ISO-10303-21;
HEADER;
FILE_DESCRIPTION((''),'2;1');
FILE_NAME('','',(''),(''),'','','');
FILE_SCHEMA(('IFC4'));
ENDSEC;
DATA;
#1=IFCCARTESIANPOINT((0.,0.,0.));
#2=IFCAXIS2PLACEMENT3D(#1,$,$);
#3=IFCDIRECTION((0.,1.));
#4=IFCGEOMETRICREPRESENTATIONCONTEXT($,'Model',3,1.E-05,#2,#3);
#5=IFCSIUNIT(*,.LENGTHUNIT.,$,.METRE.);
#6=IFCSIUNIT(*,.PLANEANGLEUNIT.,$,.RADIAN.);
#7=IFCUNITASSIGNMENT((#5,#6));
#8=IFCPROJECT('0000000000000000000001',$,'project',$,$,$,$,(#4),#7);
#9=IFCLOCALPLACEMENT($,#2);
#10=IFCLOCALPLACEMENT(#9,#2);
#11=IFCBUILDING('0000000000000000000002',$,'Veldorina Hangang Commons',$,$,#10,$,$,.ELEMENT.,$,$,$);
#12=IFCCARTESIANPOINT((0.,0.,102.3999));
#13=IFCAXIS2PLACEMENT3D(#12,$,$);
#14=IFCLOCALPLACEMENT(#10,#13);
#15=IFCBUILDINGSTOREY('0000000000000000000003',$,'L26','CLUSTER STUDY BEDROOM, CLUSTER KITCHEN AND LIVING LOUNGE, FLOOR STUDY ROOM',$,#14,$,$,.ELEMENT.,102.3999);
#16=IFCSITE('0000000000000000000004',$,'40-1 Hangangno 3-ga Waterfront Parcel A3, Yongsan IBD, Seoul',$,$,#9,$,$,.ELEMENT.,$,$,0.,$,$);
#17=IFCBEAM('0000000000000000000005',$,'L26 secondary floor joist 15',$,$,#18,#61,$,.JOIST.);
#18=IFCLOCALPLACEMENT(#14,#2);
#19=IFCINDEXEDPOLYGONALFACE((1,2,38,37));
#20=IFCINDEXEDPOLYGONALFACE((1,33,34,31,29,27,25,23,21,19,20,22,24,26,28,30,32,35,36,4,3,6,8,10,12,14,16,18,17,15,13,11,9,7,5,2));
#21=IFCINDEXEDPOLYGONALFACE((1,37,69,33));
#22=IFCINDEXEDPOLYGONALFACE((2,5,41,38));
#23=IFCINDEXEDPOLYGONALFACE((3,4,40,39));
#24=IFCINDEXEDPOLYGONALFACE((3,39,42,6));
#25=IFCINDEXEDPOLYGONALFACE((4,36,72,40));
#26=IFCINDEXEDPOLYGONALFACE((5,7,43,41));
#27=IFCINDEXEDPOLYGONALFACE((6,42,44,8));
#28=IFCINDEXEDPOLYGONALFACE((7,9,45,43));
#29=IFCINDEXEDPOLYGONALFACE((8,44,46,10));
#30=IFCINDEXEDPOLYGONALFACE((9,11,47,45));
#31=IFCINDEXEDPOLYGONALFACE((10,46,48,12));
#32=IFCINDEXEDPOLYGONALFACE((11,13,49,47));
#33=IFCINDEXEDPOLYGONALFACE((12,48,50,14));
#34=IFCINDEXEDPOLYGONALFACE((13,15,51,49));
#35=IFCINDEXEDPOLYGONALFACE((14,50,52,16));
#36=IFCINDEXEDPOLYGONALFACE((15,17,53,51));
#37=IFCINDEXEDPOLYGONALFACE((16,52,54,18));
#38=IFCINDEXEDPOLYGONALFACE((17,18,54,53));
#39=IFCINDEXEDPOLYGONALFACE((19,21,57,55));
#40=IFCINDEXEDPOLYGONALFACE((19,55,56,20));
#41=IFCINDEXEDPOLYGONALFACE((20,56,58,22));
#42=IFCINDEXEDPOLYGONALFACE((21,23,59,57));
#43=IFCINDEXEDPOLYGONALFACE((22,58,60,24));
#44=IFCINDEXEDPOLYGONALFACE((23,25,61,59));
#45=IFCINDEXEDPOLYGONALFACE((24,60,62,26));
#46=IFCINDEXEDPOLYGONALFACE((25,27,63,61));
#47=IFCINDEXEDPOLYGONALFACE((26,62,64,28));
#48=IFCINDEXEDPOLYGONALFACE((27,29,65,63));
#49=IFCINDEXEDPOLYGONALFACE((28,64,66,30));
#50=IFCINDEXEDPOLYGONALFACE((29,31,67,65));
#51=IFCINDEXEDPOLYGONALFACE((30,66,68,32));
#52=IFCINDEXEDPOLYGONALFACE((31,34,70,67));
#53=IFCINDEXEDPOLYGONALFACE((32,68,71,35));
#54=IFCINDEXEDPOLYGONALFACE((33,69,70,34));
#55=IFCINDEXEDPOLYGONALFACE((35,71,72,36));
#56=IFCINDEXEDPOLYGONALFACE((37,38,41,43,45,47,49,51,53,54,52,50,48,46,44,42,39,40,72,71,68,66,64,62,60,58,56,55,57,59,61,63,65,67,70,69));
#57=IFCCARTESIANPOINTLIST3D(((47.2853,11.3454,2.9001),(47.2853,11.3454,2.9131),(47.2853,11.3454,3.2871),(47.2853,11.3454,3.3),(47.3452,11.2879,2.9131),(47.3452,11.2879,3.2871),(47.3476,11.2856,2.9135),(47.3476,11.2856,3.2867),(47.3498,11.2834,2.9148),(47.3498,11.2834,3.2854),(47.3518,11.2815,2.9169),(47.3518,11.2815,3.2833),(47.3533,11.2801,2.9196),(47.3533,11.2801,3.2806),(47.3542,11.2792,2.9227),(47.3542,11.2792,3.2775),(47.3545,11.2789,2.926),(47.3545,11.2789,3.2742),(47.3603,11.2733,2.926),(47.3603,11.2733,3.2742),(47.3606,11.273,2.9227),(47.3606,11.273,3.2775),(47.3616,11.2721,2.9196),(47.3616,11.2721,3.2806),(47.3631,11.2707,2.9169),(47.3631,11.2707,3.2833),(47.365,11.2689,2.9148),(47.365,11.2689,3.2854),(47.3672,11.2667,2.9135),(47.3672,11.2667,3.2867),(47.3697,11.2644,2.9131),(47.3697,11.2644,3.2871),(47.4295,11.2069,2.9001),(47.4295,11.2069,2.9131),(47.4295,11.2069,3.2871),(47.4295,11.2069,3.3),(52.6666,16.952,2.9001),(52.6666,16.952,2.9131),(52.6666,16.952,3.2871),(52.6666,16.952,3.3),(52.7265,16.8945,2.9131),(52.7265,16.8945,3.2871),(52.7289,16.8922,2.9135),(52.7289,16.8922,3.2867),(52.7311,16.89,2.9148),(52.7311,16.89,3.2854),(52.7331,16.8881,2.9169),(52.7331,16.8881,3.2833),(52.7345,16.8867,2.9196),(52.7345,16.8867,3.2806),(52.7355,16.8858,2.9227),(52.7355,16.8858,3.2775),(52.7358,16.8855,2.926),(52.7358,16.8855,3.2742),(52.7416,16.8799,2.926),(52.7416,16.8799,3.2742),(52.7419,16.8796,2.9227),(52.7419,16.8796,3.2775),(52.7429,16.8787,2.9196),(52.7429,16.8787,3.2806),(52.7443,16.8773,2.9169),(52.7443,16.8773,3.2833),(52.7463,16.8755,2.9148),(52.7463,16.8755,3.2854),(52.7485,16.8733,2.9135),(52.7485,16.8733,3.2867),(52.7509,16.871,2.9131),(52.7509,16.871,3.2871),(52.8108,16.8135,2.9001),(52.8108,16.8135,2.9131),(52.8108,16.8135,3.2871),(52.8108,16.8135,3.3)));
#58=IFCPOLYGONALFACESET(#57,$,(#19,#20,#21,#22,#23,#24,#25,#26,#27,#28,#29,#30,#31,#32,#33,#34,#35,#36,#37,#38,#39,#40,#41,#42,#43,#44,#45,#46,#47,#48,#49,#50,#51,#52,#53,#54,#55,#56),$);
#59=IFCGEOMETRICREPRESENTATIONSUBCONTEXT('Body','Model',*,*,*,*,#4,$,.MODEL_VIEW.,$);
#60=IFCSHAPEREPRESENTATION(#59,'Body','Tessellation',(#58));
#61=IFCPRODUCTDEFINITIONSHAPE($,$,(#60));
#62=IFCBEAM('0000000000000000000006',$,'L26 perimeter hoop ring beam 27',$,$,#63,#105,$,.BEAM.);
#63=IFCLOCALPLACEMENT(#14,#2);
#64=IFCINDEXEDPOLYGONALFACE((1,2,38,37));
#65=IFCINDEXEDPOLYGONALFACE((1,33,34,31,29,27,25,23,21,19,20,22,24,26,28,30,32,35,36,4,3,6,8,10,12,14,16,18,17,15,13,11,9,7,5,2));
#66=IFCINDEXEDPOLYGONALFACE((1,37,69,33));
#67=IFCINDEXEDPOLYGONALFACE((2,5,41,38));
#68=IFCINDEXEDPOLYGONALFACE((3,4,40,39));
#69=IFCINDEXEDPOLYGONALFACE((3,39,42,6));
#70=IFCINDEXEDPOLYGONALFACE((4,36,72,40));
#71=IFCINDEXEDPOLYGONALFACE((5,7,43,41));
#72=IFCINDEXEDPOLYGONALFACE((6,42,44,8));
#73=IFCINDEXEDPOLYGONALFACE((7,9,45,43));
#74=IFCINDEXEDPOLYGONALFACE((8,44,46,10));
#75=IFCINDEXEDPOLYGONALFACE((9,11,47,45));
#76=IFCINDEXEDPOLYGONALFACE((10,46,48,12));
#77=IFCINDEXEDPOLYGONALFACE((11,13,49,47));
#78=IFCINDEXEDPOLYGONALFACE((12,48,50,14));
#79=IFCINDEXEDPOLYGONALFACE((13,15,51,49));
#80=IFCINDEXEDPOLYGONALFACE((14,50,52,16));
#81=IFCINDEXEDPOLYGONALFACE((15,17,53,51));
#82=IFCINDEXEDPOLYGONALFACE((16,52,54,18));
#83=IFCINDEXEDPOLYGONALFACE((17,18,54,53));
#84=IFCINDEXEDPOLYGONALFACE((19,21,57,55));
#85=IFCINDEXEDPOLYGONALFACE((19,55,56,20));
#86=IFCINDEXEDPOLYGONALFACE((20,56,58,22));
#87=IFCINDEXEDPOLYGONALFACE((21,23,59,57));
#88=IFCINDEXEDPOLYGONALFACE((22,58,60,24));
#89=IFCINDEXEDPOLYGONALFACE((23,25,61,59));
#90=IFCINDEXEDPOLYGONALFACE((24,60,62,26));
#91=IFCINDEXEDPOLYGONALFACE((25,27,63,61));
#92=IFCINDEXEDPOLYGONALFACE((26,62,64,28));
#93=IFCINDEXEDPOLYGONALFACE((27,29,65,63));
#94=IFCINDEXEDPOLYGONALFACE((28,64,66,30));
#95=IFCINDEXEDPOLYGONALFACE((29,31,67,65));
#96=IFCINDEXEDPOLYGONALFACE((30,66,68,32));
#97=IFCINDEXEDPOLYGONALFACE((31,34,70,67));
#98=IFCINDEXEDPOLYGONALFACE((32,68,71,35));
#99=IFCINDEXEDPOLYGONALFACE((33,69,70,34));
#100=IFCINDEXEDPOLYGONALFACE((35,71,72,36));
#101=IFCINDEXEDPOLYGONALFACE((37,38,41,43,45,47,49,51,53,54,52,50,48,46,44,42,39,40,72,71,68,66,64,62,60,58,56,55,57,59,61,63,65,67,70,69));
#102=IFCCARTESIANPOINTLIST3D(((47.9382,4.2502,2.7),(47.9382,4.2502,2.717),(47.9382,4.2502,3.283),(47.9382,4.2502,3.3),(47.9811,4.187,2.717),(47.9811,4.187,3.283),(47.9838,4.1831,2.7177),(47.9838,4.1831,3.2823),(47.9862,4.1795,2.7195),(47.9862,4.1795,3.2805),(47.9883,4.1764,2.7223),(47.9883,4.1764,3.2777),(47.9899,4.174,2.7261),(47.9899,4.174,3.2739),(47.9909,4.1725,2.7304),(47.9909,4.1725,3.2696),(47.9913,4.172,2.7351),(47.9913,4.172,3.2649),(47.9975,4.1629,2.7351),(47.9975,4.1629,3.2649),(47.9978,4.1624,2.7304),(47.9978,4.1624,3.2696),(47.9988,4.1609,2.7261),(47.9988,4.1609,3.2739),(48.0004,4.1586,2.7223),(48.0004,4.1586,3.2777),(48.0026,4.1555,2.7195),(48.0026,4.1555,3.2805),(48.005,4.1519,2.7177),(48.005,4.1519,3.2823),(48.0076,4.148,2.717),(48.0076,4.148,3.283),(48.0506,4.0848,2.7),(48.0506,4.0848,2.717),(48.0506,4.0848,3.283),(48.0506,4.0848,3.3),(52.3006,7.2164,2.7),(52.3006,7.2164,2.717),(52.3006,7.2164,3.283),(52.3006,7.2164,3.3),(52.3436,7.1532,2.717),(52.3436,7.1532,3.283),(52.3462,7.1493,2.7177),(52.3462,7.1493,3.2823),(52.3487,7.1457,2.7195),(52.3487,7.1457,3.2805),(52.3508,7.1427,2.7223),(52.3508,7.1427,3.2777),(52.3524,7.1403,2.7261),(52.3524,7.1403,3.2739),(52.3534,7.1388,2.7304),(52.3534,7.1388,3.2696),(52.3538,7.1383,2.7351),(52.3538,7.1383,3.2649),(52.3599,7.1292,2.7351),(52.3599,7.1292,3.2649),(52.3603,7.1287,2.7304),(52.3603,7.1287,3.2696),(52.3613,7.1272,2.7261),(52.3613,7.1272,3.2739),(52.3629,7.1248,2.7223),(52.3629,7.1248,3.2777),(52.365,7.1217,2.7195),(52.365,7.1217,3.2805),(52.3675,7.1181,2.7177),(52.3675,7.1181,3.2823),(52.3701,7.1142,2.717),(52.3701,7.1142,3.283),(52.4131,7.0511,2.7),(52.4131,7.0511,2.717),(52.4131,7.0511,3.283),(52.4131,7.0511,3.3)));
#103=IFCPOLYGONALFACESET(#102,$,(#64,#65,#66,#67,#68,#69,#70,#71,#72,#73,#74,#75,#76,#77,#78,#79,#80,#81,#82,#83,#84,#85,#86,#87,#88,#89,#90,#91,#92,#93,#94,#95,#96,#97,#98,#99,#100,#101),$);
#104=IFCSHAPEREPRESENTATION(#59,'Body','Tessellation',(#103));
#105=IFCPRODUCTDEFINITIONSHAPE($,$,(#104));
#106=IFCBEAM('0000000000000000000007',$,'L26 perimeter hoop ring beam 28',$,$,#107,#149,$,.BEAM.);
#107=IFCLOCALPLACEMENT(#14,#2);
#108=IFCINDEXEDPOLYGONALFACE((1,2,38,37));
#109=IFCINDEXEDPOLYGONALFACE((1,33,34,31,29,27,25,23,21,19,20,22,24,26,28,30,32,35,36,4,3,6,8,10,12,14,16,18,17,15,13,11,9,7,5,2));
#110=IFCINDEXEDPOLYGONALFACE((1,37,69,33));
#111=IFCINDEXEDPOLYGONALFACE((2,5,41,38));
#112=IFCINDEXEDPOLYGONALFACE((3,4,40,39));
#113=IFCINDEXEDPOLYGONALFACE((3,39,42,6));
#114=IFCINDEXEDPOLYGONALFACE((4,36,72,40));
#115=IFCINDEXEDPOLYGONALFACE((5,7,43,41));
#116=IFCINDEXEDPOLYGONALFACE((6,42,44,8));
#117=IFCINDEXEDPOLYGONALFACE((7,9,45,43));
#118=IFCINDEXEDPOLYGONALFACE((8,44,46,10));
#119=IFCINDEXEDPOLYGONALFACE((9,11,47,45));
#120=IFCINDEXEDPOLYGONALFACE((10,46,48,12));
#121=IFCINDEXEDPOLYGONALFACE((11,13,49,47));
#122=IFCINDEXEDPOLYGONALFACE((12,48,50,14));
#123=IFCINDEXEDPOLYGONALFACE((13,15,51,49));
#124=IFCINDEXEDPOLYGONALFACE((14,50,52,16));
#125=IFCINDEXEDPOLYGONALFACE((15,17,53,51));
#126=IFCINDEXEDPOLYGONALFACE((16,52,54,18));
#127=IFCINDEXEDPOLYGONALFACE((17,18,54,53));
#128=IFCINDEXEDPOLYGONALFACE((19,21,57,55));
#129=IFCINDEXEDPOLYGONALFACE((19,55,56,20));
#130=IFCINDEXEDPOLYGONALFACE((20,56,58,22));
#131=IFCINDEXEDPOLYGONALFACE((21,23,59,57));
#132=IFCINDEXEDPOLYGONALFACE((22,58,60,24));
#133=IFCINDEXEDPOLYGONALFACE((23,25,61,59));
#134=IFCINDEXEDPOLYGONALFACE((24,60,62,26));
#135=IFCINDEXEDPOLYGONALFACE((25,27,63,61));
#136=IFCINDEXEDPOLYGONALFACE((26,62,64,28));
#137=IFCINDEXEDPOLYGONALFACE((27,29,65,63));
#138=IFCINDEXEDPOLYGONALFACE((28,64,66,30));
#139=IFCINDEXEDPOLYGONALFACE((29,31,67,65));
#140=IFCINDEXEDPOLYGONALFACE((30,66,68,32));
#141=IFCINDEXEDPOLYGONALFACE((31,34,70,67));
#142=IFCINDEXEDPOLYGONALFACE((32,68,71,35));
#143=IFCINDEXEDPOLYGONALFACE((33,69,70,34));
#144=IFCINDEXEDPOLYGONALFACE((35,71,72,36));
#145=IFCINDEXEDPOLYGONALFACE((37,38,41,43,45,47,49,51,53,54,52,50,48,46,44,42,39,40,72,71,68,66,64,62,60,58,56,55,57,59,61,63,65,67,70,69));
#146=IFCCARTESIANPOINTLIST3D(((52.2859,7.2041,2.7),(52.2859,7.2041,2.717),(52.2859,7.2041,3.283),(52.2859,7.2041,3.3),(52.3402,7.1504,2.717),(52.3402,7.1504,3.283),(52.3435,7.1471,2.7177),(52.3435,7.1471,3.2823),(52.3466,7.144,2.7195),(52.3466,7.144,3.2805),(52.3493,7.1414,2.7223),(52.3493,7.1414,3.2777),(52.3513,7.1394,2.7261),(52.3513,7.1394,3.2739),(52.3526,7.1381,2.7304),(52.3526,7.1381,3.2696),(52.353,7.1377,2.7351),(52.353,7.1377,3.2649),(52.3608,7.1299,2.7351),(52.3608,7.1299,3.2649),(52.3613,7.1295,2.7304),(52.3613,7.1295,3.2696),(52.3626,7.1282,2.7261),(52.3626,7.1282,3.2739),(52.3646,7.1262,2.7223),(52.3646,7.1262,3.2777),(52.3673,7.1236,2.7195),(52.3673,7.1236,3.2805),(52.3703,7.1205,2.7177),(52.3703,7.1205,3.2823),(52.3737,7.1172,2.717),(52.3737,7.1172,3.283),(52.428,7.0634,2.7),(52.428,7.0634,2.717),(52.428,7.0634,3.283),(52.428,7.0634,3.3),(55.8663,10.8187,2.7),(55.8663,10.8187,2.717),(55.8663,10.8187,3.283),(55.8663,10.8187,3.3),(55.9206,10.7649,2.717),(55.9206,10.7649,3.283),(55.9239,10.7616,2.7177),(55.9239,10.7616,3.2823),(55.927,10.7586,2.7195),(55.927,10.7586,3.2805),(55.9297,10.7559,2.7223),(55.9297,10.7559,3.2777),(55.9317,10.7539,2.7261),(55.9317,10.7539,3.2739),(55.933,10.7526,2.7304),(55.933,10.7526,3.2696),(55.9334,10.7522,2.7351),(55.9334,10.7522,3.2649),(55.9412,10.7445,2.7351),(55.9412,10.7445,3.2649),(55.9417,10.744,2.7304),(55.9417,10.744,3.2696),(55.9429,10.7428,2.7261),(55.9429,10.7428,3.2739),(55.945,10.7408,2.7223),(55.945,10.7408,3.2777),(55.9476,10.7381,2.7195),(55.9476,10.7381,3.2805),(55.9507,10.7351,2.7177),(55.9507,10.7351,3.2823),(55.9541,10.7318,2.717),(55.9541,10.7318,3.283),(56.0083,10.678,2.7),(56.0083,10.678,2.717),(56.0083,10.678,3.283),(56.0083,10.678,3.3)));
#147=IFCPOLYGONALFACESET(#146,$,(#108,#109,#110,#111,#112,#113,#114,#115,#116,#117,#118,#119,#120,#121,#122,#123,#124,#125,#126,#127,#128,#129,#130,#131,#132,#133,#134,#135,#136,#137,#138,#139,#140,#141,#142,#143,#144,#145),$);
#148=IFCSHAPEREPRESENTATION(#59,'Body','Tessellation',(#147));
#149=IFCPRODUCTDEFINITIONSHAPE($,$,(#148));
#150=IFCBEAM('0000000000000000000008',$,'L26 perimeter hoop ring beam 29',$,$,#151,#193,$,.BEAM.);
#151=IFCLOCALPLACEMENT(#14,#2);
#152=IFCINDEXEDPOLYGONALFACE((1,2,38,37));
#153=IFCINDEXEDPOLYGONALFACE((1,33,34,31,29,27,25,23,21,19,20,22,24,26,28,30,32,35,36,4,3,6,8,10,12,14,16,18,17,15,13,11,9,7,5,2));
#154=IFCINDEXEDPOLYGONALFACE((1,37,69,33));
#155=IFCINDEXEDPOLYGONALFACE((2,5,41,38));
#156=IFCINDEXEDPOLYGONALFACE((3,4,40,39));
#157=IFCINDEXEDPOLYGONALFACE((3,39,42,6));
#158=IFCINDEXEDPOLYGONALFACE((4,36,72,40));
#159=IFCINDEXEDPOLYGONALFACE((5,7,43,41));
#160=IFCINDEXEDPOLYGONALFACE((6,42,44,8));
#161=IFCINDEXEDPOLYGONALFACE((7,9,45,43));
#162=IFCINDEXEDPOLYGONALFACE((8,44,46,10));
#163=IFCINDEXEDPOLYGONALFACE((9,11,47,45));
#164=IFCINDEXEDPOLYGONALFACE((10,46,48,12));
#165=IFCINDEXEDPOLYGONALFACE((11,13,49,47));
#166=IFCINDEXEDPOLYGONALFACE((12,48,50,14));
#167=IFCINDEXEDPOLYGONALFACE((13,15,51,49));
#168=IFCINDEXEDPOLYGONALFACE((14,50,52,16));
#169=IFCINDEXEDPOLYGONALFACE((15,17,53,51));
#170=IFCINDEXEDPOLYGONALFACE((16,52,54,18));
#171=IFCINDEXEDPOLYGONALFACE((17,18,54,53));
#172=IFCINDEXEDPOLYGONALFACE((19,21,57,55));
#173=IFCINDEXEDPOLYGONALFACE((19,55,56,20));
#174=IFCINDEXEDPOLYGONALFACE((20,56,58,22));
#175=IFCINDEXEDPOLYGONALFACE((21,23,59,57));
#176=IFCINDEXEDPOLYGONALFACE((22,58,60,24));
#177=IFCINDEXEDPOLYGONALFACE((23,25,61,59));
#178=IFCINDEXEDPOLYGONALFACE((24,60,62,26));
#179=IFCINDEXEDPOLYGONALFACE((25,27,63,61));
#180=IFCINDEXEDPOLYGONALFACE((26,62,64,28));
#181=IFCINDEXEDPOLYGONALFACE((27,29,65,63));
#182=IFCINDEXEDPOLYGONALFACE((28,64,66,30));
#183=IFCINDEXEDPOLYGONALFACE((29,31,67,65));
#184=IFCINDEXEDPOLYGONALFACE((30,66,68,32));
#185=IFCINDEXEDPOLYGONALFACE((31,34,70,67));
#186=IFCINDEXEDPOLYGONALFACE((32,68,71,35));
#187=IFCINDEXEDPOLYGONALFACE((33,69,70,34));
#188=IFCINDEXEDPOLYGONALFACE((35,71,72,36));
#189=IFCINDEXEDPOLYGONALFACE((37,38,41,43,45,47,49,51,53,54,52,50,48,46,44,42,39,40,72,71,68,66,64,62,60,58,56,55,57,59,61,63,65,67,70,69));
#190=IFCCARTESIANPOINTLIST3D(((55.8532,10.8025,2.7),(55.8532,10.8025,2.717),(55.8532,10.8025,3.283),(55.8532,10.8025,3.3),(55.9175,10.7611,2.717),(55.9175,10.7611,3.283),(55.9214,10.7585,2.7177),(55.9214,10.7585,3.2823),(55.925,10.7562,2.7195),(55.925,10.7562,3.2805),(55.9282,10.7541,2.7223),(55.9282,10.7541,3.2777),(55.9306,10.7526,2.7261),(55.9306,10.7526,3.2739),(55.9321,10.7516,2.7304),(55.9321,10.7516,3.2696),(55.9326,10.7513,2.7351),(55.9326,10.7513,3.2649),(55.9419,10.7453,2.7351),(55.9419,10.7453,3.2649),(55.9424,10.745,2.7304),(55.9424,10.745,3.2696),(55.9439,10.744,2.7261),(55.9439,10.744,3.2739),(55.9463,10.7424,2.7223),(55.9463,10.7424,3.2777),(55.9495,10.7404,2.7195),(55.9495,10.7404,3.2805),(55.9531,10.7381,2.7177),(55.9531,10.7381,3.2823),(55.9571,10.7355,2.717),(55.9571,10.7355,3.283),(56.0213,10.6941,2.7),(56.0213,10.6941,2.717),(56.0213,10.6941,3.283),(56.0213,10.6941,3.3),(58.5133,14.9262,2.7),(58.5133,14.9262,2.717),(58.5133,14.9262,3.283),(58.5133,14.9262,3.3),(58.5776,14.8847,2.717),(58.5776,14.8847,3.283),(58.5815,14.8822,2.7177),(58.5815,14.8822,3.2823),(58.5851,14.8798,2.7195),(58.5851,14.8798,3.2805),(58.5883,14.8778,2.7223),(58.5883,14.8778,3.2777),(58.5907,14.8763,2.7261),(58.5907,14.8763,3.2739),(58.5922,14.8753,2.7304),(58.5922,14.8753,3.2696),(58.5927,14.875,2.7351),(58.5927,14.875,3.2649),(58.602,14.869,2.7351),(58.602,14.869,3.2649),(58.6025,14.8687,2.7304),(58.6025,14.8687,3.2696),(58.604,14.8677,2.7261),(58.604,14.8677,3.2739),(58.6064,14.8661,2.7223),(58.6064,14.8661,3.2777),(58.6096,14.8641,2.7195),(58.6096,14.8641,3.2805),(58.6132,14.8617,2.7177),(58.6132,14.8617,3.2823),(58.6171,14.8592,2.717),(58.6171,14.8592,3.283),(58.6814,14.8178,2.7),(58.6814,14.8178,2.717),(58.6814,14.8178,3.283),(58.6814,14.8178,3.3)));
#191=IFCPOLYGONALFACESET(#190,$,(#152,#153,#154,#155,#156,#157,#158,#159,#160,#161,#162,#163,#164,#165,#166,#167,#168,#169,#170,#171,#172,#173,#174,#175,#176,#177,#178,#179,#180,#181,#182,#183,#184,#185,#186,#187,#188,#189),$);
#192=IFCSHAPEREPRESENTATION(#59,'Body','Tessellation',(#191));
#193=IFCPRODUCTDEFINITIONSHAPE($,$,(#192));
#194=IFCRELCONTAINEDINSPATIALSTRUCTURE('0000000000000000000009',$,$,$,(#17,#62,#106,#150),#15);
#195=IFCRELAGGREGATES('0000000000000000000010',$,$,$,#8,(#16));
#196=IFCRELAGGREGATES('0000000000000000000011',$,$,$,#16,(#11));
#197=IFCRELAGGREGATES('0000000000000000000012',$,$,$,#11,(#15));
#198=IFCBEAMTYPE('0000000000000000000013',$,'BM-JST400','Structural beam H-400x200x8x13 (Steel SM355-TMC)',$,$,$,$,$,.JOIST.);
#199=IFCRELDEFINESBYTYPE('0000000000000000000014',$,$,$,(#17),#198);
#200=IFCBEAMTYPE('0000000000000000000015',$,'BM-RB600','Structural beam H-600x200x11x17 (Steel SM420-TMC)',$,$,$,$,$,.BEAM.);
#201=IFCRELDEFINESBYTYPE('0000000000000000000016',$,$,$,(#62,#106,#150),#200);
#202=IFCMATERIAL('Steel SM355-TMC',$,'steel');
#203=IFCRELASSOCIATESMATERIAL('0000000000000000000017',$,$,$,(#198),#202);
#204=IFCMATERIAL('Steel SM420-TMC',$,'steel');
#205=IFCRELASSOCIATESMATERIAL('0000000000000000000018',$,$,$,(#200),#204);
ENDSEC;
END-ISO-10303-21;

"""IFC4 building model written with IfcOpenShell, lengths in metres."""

from ifc_helpers import new_model, si_unit, direction, frame, origin, origin_2d, place, context, subcontext, project, spatial, i_section, extrude, material, material_profile, profile_set, type_object, element, save


model = new_model("IFC4")

# Units and contexts
model_context = context("Model", 3, precision=1e-05, world=origin(), true_north=direction((0.0, 1.0)))
body_context = subcontext(model_context, "Body", "Model", "MODEL_VIEW")
ifc_project = project(units=[si_unit("LENGTHUNIT", "METRE"), si_unit("PLANEANGLEUNIT", "RADIAN")], contexts=[model_context])

# Site, building, storey
site_placement = place(None, origin())
site = spatial("IfcSite", under=ifc_project, at=site_placement, Name="40-1 Hangangno 3-ga Waterfront Parcel A3, Yongsan IBD, Seoul", CompositionType="ELEMENT", RefElevation=0.0)
building_placement = place(site_placement, origin())
building = spatial("IfcBuilding", under=site, at=building_placement, Name="Veldorina Hangang Commons", CompositionType="ELEMENT")
storey_placement = place(building_placement, frame((0.0, 0.0, 102.3999)))
storey = spatial("IfcBuildingStorey", under=building, at=storey_placement, Name="L26", Description="CLUSTER STUDY BEDROOM, CLUSTER KITCHEN AND LIVING LOUNGE, FLOOR STUDY ROOM", CompositionType="ELEMENT", Elevation=102.3999)

# Beams
ifc_material_1 = material(Name="Steel SM355-TMC", Category="steel")
ifc_material_profile_1 = material_profile(ifc_material_1, i_section(OverallWidth=0.2, OverallDepth=0.3999, WebThickness=0.0081, FlangeThickness=0.0129, FilletRadius=0.0129, at=origin_2d()), Name="H-400x200x8x13")
ifc_profile_set_1 = profile_set([ifc_material_profile_1], Name="Steel SM355-TMC")
beam_type_1 = type_object("IfcBeamType", Name="BM-JST400", Description="Structural beam H-400x200x8x13 (Steel SM355-TMC)", PredefinedType="JOIST", material=ifc_profile_set_1)
beam_1_placement = place(storey_placement, frame((47.3574, 11.2761, 3.1001), z_axis=(0.69246, 0.721456, 0.0), x_axis=(-0.721456, 0.69246, 0.0)))
element("IfcBeam", 1, at=beam_1_placement, inside=storey, type_object=beam_type_1, Name="L26 secondary floor joist 15", PredefinedType="JOIST", context=body_context, shape_type="SweptSolid", body=[
    extrude(i_section(OverallWidth=0.2, OverallDepth=0.3999, WebThickness=0.0081, FlangeThickness=0.0129, FilletRadius=0.0129, at=origin_2d()), origin(), (0.0, 0.0, 1.0), 7.7712),
])
ifc_material_2 = material(Name="Steel SM420-TMC", Category="steel")
ifc_material_profile_2 = material_profile(ifc_material_2, i_section(OverallWidth=0.2, OverallDepth=0.6001, WebThickness=0.011, FlangeThickness=0.0171, FilletRadius=0.0181, at=origin_2d()), Name="H-600x200x11x17")
ifc_profile_set_2 = profile_set([ifc_material_profile_2], Name="Steel SM420-TMC")
beam_type_2 = type_object("IfcBeamType", Name="BM-RB600", Description="Structural beam H-600x200x11x17 (Steel SM420-TMC)", PredefinedType="BEAM", material=ifc_profile_set_2)
beam_2_placement = place(storey_placement, frame((47.9944, 4.1675, 3.0), z_axis=(0.826946, 0.562281, 0.0), x_axis=(-0.562281, 0.826946, 0.0)))
element("IfcBeam", 2, at=beam_2_placement, inside=storey, type_object=beam_type_2, Name="L26 perimeter hoop ring beam 27", PredefinedType="BEAM", context=body_context, shape_type="SweptSolid", body=[
    extrude(i_section(OverallWidth=0.2, OverallDepth=0.6001, WebThickness=0.011, FlangeThickness=0.0171, FilletRadius=0.0181, at=origin_2d()), origin(), (0.0, 0.0, 1.0), 5.2754),
])
beam_3_placement = place(storey_placement, frame((52.3569, 7.1338, 3.0), z_axis=(0.70374, 0.710458, 0.0), x_axis=(-0.710458, 0.70374, 0.0)))
element("IfcBeam", 3, at=beam_3_placement, inside=storey, type_object=beam_type_2, Name="L26 perimeter hoop ring beam 28", PredefinedType="BEAM", context=body_context, shape_type="SweptSolid", body=[
    extrude(i_section(OverallWidth=0.2, OverallDepth=0.6001, WebThickness=0.011, FlangeThickness=0.0171, FilletRadius=0.0181, at=origin_2d()), origin(), (0.0, 0.0, 1.0), 5.0876),
])
beam_4_placement = place(storey_placement, frame((55.9373, 10.7483, 3.0), z_axis=(0.542077, 0.840329, 0.0), x_axis=(-0.840329, 0.542077, 0.0)))
element("IfcBeam", 4, at=beam_4_placement, inside=storey, type_object=beam_type_2, Name="L26 perimeter hoop ring beam 29", PredefinedType="BEAM", context=body_context, shape_type="SweptSolid", body=[
    extrude(i_section(OverallWidth=0.2, OverallDepth=0.6001, WebThickness=0.011, FlangeThickness=0.0171, FilletRadius=0.0181, at=origin_2d()), origin(), (0.0, 0.0, 1.0), 4.9072),
])

save(model, "model.ifc")
